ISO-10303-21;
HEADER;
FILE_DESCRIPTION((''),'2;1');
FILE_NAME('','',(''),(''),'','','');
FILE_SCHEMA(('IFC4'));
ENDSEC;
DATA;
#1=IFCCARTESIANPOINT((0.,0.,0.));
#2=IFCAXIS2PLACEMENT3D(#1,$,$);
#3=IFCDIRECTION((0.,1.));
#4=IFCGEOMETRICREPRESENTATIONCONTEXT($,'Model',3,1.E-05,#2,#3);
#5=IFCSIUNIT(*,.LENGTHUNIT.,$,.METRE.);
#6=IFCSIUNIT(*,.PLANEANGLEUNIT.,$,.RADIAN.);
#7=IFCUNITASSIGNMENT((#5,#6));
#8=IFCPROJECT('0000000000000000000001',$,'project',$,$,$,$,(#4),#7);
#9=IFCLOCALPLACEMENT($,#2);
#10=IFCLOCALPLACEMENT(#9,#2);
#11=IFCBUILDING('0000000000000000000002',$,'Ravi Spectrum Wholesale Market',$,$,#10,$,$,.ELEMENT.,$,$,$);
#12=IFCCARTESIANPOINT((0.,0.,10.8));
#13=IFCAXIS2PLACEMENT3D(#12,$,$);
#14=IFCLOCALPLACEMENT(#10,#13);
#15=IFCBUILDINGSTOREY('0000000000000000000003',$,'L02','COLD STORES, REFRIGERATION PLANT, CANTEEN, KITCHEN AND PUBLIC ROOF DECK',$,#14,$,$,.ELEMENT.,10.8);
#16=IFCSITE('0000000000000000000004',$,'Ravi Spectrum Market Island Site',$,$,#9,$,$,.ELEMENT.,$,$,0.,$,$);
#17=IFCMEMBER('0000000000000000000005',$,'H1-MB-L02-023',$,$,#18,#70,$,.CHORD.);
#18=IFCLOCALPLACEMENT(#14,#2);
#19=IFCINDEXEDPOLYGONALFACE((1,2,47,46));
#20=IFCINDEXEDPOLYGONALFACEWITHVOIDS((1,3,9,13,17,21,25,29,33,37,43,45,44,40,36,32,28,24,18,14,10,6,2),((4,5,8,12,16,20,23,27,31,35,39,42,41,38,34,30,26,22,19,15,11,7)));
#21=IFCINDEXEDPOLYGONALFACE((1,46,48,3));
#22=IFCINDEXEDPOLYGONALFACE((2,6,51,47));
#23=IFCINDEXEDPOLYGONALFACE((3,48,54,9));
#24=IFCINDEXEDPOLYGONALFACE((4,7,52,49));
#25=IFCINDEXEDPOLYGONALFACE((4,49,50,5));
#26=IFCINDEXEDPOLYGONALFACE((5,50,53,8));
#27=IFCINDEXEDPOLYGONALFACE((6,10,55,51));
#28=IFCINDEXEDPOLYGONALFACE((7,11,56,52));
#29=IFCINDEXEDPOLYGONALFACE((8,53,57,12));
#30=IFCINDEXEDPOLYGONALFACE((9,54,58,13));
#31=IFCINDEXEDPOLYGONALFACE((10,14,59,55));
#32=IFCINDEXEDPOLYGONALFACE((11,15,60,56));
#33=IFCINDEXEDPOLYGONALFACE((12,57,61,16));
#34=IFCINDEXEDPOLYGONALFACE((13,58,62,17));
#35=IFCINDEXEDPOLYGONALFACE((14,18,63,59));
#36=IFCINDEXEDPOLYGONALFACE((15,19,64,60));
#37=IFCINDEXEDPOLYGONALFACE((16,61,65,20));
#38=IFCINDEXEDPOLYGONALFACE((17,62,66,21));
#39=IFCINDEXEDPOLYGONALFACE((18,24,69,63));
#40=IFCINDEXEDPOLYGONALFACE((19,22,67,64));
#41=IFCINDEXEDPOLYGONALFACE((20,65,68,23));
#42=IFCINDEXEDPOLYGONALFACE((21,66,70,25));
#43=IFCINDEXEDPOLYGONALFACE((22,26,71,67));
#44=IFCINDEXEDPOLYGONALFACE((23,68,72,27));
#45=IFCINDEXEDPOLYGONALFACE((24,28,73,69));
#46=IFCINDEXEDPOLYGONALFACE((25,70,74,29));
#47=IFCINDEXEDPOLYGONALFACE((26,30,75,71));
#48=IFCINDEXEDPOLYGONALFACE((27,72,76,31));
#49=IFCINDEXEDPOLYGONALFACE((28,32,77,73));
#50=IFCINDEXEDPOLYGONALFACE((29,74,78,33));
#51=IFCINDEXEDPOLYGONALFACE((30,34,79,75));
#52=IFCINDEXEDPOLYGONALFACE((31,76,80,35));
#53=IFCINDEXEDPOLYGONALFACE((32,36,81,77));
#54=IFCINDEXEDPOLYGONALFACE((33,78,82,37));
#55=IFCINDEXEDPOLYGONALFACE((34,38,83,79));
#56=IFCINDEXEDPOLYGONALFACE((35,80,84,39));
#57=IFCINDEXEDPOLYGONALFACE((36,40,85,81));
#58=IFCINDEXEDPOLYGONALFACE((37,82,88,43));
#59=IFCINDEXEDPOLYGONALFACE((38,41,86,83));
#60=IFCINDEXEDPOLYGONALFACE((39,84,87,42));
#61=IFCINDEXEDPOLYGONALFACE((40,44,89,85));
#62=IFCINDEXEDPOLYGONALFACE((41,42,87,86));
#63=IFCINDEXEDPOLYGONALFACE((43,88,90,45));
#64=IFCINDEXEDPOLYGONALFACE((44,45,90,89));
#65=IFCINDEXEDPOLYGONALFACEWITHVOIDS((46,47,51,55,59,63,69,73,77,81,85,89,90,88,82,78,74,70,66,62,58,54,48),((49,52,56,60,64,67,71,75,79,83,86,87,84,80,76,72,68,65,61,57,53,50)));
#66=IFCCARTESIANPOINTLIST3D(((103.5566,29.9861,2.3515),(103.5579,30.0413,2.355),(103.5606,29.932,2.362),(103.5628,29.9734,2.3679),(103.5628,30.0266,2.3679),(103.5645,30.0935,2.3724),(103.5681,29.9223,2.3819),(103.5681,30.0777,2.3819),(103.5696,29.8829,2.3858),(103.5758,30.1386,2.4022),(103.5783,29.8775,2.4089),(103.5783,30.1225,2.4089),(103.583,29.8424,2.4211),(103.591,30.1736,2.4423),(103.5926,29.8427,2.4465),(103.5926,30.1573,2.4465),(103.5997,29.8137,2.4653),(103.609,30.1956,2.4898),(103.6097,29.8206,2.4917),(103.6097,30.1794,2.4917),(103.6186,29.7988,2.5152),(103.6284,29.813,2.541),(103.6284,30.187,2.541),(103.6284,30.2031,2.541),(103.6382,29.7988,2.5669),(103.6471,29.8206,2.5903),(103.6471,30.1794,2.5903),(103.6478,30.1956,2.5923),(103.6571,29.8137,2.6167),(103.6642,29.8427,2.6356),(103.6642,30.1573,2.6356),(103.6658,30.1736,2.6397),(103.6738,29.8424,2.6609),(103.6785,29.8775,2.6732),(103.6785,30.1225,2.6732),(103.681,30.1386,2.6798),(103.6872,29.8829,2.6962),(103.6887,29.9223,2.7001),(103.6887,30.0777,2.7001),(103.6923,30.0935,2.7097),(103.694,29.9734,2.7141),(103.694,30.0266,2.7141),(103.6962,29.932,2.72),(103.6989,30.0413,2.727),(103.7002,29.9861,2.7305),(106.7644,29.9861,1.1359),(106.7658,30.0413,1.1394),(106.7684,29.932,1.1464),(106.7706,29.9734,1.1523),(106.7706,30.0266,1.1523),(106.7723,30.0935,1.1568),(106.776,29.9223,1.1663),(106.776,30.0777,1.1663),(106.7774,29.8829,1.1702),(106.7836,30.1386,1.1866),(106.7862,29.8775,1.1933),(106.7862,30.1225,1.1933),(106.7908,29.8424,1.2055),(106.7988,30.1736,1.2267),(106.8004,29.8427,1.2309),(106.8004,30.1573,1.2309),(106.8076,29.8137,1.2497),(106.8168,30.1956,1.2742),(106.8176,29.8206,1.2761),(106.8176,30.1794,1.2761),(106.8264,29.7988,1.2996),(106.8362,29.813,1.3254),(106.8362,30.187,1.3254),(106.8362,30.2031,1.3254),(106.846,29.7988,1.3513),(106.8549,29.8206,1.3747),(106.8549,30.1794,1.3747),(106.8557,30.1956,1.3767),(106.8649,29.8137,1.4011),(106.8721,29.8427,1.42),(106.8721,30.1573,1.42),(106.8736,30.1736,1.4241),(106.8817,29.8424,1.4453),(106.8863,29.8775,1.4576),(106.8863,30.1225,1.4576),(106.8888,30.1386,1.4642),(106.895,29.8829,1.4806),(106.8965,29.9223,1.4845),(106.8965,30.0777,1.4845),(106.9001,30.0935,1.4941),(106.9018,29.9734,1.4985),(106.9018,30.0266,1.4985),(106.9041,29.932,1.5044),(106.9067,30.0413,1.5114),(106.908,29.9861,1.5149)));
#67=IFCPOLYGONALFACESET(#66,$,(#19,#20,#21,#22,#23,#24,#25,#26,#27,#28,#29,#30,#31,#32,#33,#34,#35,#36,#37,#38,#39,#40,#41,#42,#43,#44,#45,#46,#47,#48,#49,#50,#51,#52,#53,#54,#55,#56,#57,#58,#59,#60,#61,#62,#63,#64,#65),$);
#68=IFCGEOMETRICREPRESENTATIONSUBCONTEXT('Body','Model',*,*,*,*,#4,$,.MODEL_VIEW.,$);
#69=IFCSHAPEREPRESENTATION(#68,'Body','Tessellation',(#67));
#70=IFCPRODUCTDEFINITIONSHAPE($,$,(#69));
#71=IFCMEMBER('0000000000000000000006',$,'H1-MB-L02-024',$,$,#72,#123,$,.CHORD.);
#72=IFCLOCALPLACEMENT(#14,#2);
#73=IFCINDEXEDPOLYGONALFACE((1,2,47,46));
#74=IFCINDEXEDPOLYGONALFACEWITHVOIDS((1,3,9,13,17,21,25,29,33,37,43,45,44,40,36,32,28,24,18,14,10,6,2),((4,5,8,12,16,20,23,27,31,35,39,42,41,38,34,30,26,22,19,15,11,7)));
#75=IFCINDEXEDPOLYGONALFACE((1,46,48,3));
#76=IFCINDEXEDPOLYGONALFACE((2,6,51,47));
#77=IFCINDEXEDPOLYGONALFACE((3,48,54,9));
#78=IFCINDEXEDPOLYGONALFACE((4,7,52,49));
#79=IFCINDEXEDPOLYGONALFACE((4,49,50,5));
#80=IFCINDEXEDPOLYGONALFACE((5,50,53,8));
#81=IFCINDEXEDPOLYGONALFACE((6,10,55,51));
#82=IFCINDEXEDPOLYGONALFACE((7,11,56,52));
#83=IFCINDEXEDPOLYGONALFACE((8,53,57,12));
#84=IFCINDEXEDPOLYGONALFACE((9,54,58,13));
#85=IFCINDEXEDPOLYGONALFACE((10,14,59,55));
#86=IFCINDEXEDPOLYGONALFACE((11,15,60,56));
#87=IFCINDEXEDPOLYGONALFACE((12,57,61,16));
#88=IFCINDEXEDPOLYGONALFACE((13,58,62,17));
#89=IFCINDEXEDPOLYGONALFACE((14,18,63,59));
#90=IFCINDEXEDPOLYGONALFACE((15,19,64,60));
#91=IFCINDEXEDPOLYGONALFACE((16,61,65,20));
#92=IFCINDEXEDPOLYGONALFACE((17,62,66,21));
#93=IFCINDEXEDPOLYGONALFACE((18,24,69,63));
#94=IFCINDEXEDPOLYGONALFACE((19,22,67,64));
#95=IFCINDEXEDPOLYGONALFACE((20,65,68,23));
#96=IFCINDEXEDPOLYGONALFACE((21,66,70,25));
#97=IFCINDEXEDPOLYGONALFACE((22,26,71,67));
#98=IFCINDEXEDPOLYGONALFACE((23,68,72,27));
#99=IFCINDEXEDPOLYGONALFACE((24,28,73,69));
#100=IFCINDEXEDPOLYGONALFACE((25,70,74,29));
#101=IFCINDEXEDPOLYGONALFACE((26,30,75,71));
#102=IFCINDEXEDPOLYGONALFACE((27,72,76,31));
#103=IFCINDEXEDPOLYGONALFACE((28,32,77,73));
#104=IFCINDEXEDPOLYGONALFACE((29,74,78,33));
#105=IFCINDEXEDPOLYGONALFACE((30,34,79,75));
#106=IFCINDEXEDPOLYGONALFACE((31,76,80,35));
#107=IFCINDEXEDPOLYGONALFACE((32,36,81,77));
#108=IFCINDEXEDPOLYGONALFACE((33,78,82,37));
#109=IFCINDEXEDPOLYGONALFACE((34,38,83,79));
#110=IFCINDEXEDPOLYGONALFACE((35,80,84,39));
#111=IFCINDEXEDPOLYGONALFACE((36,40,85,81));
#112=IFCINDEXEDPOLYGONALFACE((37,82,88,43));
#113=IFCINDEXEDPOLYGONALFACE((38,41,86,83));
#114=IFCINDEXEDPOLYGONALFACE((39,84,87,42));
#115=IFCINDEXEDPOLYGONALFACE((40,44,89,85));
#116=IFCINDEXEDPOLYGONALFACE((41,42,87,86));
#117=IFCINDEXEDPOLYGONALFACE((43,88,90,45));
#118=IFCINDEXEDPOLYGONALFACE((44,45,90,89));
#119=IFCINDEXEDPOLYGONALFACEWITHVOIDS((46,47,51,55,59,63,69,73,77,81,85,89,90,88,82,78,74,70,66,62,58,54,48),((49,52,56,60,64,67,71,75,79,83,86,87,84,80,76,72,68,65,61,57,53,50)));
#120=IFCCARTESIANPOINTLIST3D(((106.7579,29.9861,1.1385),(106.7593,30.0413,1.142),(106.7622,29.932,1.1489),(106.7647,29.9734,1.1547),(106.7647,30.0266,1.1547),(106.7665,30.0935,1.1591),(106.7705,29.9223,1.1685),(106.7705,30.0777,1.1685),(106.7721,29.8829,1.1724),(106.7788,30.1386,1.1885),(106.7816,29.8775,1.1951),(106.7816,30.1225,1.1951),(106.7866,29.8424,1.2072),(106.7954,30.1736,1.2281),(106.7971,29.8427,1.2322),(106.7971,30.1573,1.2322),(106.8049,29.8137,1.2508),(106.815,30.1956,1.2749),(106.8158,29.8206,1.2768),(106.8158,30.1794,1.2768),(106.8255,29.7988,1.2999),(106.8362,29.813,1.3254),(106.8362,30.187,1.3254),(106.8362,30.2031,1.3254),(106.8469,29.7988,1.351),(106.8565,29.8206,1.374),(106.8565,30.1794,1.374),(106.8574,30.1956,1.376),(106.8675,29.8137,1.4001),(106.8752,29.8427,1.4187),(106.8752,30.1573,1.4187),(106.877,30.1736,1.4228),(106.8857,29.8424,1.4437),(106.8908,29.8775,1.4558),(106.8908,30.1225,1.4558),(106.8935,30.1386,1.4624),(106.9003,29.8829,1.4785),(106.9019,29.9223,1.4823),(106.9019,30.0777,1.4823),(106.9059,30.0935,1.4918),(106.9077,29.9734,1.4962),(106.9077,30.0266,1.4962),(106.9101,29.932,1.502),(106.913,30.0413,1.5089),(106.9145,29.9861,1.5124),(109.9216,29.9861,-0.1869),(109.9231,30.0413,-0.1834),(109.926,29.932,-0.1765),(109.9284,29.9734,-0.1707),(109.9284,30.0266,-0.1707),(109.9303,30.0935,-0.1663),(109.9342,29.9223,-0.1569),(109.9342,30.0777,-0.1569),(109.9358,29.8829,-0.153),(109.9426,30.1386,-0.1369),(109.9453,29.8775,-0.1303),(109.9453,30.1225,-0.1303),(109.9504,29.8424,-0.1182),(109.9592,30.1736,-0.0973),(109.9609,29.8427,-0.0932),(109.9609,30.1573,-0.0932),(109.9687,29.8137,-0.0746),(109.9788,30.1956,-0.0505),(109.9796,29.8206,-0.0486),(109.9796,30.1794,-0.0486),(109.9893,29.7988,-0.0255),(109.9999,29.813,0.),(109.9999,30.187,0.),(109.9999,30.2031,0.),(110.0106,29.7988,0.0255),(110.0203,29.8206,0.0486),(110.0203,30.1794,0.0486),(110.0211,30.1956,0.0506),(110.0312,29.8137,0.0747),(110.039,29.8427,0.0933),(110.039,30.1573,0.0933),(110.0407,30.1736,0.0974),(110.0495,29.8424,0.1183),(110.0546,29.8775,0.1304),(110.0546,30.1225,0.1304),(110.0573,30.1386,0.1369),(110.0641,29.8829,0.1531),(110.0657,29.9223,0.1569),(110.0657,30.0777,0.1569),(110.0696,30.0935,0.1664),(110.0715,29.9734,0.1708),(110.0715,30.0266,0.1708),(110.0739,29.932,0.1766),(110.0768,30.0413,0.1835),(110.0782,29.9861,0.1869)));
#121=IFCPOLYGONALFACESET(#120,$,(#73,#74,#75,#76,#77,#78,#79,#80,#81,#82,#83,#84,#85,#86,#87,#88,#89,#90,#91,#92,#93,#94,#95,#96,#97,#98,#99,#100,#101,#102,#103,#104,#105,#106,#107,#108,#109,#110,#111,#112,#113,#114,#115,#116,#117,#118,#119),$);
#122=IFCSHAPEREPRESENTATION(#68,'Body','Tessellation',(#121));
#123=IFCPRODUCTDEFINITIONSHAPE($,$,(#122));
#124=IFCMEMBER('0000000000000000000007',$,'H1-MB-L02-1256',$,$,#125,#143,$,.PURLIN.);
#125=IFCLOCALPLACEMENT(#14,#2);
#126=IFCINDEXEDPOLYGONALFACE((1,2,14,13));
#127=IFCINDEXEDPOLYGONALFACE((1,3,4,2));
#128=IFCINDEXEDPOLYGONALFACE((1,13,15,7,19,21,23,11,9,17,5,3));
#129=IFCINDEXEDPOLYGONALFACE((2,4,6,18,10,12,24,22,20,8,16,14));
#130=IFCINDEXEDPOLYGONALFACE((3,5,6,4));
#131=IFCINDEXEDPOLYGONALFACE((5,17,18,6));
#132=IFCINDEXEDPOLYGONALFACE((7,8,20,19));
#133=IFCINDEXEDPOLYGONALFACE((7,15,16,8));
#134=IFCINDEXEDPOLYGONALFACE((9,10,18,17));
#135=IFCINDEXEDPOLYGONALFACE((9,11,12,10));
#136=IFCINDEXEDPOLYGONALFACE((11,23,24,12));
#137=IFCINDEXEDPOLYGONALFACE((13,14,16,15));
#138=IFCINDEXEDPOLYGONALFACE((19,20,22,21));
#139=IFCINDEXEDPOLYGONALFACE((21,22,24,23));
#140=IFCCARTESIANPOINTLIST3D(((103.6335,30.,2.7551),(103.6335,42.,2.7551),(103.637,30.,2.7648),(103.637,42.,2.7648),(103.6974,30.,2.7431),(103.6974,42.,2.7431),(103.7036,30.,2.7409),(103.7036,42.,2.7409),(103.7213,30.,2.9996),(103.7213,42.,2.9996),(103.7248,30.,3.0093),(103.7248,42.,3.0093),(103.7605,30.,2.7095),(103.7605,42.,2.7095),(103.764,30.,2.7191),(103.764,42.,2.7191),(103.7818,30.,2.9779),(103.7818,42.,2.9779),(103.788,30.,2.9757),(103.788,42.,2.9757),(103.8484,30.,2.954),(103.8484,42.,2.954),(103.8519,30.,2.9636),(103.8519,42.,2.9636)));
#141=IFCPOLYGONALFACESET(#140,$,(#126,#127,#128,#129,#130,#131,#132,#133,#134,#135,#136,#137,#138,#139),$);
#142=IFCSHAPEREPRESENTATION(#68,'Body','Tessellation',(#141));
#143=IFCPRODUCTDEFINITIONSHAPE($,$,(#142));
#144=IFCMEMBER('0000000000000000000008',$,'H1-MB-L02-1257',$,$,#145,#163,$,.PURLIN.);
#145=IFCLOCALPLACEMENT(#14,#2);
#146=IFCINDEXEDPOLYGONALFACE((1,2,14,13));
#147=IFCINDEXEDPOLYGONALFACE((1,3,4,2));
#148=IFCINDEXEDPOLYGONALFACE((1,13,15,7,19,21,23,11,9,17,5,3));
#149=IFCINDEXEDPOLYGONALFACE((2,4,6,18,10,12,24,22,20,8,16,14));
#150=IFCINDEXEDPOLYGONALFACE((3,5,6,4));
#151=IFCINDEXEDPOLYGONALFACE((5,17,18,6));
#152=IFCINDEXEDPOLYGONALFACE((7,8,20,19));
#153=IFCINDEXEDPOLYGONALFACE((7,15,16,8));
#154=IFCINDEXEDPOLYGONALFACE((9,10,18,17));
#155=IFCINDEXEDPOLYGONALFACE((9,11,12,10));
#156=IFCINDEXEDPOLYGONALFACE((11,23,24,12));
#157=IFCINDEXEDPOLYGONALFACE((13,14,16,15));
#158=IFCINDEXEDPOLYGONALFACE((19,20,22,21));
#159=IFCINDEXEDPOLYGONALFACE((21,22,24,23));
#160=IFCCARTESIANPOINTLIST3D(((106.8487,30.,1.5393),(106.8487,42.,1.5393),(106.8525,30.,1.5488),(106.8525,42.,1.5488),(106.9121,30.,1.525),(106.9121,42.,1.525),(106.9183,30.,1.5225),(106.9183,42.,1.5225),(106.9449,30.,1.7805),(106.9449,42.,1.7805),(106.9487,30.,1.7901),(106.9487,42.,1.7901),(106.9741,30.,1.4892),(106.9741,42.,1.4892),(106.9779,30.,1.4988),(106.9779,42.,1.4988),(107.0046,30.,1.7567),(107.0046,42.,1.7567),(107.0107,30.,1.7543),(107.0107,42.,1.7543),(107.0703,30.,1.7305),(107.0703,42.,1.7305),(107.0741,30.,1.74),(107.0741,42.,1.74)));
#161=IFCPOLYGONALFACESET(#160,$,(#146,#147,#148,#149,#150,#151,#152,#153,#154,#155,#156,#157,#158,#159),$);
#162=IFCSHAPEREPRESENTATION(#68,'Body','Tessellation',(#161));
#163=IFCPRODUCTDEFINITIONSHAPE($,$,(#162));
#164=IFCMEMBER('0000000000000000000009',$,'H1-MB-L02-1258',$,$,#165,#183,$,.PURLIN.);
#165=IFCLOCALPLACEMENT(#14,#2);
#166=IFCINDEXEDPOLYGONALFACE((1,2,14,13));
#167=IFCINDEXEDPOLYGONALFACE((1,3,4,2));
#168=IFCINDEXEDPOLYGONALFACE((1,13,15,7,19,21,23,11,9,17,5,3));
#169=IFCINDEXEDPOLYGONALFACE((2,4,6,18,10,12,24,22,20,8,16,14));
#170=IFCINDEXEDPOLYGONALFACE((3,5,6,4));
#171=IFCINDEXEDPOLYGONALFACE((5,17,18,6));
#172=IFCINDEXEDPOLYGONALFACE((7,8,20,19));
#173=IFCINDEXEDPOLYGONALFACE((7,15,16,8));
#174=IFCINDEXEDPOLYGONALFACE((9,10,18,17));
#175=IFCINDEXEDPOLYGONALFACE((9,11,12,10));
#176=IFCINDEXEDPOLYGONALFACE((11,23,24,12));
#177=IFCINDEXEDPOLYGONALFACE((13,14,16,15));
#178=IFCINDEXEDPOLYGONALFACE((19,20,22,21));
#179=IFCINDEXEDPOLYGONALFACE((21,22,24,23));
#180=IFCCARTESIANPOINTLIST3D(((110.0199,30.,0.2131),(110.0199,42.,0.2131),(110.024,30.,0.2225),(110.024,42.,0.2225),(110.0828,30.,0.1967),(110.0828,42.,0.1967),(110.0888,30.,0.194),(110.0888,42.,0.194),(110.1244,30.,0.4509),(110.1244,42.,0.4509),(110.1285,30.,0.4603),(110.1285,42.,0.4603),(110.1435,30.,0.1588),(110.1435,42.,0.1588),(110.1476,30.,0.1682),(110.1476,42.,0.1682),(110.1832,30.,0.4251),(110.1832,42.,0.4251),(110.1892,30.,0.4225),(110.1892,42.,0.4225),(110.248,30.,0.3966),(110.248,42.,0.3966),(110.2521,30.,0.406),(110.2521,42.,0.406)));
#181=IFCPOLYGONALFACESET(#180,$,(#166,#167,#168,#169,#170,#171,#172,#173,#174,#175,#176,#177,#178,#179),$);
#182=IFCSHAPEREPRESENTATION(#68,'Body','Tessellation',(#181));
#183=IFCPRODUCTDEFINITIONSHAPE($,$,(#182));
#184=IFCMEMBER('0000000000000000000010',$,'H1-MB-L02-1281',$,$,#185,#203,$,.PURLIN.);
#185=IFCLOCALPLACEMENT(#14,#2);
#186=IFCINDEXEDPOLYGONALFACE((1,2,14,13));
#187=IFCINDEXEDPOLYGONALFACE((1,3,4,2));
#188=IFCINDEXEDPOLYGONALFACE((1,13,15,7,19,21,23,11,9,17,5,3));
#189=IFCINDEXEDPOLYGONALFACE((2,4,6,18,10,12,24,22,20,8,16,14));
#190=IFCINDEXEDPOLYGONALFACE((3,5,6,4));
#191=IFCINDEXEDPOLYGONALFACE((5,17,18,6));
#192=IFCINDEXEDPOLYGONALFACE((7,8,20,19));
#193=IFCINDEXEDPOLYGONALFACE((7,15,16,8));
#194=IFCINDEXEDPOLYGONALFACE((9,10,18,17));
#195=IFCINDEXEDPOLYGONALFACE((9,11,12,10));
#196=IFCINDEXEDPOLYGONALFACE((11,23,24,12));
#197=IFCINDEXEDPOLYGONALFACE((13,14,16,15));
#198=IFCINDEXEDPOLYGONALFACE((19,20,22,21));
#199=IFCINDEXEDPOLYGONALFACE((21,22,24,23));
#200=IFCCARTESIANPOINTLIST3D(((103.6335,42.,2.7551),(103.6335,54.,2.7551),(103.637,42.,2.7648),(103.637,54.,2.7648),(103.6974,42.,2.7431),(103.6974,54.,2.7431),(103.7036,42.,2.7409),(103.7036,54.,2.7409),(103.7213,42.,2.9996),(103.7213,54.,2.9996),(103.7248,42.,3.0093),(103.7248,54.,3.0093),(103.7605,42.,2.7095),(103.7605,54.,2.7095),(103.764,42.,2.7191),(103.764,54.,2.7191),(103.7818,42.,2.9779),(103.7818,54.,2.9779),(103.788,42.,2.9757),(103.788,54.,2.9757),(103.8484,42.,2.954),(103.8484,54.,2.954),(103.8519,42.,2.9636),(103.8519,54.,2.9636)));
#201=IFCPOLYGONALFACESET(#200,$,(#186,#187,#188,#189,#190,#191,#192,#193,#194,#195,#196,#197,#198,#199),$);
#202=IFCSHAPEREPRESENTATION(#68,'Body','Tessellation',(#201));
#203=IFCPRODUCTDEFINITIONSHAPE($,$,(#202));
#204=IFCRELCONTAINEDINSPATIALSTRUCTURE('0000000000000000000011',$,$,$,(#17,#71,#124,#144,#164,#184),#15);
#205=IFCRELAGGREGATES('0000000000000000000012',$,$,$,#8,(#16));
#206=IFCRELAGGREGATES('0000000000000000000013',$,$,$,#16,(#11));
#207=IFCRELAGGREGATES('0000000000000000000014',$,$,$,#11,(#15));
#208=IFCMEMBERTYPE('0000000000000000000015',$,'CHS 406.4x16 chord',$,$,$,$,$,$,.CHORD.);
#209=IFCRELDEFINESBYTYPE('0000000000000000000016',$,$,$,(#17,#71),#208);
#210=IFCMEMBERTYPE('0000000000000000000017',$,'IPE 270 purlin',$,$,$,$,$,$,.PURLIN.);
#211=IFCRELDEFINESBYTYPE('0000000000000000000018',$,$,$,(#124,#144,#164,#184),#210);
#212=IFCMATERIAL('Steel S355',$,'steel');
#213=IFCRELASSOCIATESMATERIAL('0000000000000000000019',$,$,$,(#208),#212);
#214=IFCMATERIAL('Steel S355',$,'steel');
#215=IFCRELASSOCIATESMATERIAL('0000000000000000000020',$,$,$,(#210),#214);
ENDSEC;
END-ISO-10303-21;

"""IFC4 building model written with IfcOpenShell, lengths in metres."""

from ifc_helpers import new_model, si_unit, direction, frame, origin, origin_2d, place, context, subcontext, project, spatial, hollow_circle, i_section, extrude, material, material_profile, profile_set, type_object, element, save


model = new_model("IFC4")

# Units and contexts
model_context = context("Model", 3, precision=1e-05, world=origin(), true_north=direction((0.0, 1.0)))
body_context = subcontext(model_context, "Body", "Model", "MODEL_VIEW")
ifc_project = project(units=[si_unit("LENGTHUNIT", "METRE"), si_unit("PLANEANGLEUNIT", "RADIAN")], contexts=[model_context])

# Site, building, storey
site_placement = place(None, origin())
site = spatial("IfcSite", under=ifc_project, at=site_placement, Name="Ravi Spectrum Market Island Site", CompositionType="ELEMENT", RefElevation=0.0)
building_placement = place(site_placement, origin())
building = spatial("IfcBuilding", under=site, at=building_placement, Name="Ravi Spectrum Wholesale Market", CompositionType="ELEMENT")
storey_placement = place(building_placement, frame((0.0, 0.0, 10.8)))
storey = spatial("IfcBuildingStorey", under=building, at=storey_placement, Name="L02", Description="COLD STORES, REFRIGERATION PLANT, CANTEEN, KITCHEN AND PUBLIC ROOF DECK", CompositionType="ELEMENT", Elevation=10.8)

# Members
ifc_material_1 = material(Name="Steel S355", Category="steel")
ifc_material_profile_1 = material_profile(ifc_material_1, hollow_circle(Radius=0.2031, WallThickness=0.0161, at=origin_2d()))
ifc_profile_set_1 = profile_set([ifc_material_profile_1], Name="Steel S355")
member_type_1 = type_object("IfcMemberType", Name="CHS 406.4x16 chord", PredefinedType="CHORD", material=ifc_profile_set_1)
member_1_placement = place(storey_placement, frame((103.6284, 30.0, 2.541), z_axis=(0.93511, 0.0, -0.354358), x_axis=(0.0, 1.0, 0.0)))
element("IfcMember", 1, at=member_1_placement, inside=storey, type_object=member_type_1, Name="H1-MB-L02-023", PredefinedType="CHORD", context=body_context, shape_type="SweptSolid", body=[
    extrude(hollow_circle(Radius=0.2031, WallThickness=0.0161, at=origin_2d()), origin(), (0.0, 0.0, 1.0), 3.4304),
])
member_2_placement = place(storey_placement, frame((106.8362, 30.0, 1.3254), z_axis=(0.922332, 0.0, -0.386399), x_axis=(0.0, 1.0, 0.0)))
element("IfcMember", 2, at=member_2_placement, inside=storey, type_object=member_type_1, Name="H1-MB-L02-024", PredefinedType="CHORD", context=body_context, shape_type="SweptSolid", body=[
    extrude(hollow_circle(Radius=0.2031, WallThickness=0.0161, at=origin_2d()), origin(), (0.0, 0.0, 1.0), 3.4302),
])
ifc_material_2 = material(Name="Steel S355", Category="steel")
ifc_material_profile_2 = material_profile(ifc_material_2, i_section(OverallWidth=0.135, OverallDepth=0.27, WebThickness=0.0066, FlangeThickness=0.0103, at=origin_2d()))
ifc_profile_set_2 = profile_set([ifc_material_profile_2], Name="Steel S355")
member_type_2 = type_object("IfcMemberType", Name="IPE 270 purlin", PredefinedType="PURLIN", material=ifc_profile_set_2)
for number, where, z_axis, x_axis, name in (
    (3, (103.7427, 30.0, 2.8594), (0.0, 1.0, 0.0), (-0.94108, 0.0, 0.338184), "H1-MB-L02-1256"),
    (4, (106.9614, 30.0, 1.6396), (0.0, 1.0, 0.0), (-0.928855, 0.0, 0.370443), "H1-MB-L02-1257"),
    (5, (110.136, 30.0, 0.3096), (0.0, 1.0, 0.0), (-0.915525, 0.0, 0.40226), "H1-MB-L02-1258"),
    (6, (103.7427, 42.0, 2.8594), (0.0, 1.0, 0.0), (-0.94108, 0.0, 0.338184), "H1-MB-L02-1281"),
):
    element("IfcMember", number, at=place(storey_placement, frame(where, z_axis=z_axis, x_axis=x_axis)), inside=storey, type_object=member_type_2, Name=name, PredefinedType="PURLIN", context=body_context, shape_type="SweptSolid", body=[
        extrude(i_section(OverallWidth=0.135, OverallDepth=0.27, WebThickness=0.0066, FlangeThickness=0.0103, at=origin_2d()), origin(), (0.0, 0.0, 1.0), 12.0),
    ])

save(model, "model.ifc")
